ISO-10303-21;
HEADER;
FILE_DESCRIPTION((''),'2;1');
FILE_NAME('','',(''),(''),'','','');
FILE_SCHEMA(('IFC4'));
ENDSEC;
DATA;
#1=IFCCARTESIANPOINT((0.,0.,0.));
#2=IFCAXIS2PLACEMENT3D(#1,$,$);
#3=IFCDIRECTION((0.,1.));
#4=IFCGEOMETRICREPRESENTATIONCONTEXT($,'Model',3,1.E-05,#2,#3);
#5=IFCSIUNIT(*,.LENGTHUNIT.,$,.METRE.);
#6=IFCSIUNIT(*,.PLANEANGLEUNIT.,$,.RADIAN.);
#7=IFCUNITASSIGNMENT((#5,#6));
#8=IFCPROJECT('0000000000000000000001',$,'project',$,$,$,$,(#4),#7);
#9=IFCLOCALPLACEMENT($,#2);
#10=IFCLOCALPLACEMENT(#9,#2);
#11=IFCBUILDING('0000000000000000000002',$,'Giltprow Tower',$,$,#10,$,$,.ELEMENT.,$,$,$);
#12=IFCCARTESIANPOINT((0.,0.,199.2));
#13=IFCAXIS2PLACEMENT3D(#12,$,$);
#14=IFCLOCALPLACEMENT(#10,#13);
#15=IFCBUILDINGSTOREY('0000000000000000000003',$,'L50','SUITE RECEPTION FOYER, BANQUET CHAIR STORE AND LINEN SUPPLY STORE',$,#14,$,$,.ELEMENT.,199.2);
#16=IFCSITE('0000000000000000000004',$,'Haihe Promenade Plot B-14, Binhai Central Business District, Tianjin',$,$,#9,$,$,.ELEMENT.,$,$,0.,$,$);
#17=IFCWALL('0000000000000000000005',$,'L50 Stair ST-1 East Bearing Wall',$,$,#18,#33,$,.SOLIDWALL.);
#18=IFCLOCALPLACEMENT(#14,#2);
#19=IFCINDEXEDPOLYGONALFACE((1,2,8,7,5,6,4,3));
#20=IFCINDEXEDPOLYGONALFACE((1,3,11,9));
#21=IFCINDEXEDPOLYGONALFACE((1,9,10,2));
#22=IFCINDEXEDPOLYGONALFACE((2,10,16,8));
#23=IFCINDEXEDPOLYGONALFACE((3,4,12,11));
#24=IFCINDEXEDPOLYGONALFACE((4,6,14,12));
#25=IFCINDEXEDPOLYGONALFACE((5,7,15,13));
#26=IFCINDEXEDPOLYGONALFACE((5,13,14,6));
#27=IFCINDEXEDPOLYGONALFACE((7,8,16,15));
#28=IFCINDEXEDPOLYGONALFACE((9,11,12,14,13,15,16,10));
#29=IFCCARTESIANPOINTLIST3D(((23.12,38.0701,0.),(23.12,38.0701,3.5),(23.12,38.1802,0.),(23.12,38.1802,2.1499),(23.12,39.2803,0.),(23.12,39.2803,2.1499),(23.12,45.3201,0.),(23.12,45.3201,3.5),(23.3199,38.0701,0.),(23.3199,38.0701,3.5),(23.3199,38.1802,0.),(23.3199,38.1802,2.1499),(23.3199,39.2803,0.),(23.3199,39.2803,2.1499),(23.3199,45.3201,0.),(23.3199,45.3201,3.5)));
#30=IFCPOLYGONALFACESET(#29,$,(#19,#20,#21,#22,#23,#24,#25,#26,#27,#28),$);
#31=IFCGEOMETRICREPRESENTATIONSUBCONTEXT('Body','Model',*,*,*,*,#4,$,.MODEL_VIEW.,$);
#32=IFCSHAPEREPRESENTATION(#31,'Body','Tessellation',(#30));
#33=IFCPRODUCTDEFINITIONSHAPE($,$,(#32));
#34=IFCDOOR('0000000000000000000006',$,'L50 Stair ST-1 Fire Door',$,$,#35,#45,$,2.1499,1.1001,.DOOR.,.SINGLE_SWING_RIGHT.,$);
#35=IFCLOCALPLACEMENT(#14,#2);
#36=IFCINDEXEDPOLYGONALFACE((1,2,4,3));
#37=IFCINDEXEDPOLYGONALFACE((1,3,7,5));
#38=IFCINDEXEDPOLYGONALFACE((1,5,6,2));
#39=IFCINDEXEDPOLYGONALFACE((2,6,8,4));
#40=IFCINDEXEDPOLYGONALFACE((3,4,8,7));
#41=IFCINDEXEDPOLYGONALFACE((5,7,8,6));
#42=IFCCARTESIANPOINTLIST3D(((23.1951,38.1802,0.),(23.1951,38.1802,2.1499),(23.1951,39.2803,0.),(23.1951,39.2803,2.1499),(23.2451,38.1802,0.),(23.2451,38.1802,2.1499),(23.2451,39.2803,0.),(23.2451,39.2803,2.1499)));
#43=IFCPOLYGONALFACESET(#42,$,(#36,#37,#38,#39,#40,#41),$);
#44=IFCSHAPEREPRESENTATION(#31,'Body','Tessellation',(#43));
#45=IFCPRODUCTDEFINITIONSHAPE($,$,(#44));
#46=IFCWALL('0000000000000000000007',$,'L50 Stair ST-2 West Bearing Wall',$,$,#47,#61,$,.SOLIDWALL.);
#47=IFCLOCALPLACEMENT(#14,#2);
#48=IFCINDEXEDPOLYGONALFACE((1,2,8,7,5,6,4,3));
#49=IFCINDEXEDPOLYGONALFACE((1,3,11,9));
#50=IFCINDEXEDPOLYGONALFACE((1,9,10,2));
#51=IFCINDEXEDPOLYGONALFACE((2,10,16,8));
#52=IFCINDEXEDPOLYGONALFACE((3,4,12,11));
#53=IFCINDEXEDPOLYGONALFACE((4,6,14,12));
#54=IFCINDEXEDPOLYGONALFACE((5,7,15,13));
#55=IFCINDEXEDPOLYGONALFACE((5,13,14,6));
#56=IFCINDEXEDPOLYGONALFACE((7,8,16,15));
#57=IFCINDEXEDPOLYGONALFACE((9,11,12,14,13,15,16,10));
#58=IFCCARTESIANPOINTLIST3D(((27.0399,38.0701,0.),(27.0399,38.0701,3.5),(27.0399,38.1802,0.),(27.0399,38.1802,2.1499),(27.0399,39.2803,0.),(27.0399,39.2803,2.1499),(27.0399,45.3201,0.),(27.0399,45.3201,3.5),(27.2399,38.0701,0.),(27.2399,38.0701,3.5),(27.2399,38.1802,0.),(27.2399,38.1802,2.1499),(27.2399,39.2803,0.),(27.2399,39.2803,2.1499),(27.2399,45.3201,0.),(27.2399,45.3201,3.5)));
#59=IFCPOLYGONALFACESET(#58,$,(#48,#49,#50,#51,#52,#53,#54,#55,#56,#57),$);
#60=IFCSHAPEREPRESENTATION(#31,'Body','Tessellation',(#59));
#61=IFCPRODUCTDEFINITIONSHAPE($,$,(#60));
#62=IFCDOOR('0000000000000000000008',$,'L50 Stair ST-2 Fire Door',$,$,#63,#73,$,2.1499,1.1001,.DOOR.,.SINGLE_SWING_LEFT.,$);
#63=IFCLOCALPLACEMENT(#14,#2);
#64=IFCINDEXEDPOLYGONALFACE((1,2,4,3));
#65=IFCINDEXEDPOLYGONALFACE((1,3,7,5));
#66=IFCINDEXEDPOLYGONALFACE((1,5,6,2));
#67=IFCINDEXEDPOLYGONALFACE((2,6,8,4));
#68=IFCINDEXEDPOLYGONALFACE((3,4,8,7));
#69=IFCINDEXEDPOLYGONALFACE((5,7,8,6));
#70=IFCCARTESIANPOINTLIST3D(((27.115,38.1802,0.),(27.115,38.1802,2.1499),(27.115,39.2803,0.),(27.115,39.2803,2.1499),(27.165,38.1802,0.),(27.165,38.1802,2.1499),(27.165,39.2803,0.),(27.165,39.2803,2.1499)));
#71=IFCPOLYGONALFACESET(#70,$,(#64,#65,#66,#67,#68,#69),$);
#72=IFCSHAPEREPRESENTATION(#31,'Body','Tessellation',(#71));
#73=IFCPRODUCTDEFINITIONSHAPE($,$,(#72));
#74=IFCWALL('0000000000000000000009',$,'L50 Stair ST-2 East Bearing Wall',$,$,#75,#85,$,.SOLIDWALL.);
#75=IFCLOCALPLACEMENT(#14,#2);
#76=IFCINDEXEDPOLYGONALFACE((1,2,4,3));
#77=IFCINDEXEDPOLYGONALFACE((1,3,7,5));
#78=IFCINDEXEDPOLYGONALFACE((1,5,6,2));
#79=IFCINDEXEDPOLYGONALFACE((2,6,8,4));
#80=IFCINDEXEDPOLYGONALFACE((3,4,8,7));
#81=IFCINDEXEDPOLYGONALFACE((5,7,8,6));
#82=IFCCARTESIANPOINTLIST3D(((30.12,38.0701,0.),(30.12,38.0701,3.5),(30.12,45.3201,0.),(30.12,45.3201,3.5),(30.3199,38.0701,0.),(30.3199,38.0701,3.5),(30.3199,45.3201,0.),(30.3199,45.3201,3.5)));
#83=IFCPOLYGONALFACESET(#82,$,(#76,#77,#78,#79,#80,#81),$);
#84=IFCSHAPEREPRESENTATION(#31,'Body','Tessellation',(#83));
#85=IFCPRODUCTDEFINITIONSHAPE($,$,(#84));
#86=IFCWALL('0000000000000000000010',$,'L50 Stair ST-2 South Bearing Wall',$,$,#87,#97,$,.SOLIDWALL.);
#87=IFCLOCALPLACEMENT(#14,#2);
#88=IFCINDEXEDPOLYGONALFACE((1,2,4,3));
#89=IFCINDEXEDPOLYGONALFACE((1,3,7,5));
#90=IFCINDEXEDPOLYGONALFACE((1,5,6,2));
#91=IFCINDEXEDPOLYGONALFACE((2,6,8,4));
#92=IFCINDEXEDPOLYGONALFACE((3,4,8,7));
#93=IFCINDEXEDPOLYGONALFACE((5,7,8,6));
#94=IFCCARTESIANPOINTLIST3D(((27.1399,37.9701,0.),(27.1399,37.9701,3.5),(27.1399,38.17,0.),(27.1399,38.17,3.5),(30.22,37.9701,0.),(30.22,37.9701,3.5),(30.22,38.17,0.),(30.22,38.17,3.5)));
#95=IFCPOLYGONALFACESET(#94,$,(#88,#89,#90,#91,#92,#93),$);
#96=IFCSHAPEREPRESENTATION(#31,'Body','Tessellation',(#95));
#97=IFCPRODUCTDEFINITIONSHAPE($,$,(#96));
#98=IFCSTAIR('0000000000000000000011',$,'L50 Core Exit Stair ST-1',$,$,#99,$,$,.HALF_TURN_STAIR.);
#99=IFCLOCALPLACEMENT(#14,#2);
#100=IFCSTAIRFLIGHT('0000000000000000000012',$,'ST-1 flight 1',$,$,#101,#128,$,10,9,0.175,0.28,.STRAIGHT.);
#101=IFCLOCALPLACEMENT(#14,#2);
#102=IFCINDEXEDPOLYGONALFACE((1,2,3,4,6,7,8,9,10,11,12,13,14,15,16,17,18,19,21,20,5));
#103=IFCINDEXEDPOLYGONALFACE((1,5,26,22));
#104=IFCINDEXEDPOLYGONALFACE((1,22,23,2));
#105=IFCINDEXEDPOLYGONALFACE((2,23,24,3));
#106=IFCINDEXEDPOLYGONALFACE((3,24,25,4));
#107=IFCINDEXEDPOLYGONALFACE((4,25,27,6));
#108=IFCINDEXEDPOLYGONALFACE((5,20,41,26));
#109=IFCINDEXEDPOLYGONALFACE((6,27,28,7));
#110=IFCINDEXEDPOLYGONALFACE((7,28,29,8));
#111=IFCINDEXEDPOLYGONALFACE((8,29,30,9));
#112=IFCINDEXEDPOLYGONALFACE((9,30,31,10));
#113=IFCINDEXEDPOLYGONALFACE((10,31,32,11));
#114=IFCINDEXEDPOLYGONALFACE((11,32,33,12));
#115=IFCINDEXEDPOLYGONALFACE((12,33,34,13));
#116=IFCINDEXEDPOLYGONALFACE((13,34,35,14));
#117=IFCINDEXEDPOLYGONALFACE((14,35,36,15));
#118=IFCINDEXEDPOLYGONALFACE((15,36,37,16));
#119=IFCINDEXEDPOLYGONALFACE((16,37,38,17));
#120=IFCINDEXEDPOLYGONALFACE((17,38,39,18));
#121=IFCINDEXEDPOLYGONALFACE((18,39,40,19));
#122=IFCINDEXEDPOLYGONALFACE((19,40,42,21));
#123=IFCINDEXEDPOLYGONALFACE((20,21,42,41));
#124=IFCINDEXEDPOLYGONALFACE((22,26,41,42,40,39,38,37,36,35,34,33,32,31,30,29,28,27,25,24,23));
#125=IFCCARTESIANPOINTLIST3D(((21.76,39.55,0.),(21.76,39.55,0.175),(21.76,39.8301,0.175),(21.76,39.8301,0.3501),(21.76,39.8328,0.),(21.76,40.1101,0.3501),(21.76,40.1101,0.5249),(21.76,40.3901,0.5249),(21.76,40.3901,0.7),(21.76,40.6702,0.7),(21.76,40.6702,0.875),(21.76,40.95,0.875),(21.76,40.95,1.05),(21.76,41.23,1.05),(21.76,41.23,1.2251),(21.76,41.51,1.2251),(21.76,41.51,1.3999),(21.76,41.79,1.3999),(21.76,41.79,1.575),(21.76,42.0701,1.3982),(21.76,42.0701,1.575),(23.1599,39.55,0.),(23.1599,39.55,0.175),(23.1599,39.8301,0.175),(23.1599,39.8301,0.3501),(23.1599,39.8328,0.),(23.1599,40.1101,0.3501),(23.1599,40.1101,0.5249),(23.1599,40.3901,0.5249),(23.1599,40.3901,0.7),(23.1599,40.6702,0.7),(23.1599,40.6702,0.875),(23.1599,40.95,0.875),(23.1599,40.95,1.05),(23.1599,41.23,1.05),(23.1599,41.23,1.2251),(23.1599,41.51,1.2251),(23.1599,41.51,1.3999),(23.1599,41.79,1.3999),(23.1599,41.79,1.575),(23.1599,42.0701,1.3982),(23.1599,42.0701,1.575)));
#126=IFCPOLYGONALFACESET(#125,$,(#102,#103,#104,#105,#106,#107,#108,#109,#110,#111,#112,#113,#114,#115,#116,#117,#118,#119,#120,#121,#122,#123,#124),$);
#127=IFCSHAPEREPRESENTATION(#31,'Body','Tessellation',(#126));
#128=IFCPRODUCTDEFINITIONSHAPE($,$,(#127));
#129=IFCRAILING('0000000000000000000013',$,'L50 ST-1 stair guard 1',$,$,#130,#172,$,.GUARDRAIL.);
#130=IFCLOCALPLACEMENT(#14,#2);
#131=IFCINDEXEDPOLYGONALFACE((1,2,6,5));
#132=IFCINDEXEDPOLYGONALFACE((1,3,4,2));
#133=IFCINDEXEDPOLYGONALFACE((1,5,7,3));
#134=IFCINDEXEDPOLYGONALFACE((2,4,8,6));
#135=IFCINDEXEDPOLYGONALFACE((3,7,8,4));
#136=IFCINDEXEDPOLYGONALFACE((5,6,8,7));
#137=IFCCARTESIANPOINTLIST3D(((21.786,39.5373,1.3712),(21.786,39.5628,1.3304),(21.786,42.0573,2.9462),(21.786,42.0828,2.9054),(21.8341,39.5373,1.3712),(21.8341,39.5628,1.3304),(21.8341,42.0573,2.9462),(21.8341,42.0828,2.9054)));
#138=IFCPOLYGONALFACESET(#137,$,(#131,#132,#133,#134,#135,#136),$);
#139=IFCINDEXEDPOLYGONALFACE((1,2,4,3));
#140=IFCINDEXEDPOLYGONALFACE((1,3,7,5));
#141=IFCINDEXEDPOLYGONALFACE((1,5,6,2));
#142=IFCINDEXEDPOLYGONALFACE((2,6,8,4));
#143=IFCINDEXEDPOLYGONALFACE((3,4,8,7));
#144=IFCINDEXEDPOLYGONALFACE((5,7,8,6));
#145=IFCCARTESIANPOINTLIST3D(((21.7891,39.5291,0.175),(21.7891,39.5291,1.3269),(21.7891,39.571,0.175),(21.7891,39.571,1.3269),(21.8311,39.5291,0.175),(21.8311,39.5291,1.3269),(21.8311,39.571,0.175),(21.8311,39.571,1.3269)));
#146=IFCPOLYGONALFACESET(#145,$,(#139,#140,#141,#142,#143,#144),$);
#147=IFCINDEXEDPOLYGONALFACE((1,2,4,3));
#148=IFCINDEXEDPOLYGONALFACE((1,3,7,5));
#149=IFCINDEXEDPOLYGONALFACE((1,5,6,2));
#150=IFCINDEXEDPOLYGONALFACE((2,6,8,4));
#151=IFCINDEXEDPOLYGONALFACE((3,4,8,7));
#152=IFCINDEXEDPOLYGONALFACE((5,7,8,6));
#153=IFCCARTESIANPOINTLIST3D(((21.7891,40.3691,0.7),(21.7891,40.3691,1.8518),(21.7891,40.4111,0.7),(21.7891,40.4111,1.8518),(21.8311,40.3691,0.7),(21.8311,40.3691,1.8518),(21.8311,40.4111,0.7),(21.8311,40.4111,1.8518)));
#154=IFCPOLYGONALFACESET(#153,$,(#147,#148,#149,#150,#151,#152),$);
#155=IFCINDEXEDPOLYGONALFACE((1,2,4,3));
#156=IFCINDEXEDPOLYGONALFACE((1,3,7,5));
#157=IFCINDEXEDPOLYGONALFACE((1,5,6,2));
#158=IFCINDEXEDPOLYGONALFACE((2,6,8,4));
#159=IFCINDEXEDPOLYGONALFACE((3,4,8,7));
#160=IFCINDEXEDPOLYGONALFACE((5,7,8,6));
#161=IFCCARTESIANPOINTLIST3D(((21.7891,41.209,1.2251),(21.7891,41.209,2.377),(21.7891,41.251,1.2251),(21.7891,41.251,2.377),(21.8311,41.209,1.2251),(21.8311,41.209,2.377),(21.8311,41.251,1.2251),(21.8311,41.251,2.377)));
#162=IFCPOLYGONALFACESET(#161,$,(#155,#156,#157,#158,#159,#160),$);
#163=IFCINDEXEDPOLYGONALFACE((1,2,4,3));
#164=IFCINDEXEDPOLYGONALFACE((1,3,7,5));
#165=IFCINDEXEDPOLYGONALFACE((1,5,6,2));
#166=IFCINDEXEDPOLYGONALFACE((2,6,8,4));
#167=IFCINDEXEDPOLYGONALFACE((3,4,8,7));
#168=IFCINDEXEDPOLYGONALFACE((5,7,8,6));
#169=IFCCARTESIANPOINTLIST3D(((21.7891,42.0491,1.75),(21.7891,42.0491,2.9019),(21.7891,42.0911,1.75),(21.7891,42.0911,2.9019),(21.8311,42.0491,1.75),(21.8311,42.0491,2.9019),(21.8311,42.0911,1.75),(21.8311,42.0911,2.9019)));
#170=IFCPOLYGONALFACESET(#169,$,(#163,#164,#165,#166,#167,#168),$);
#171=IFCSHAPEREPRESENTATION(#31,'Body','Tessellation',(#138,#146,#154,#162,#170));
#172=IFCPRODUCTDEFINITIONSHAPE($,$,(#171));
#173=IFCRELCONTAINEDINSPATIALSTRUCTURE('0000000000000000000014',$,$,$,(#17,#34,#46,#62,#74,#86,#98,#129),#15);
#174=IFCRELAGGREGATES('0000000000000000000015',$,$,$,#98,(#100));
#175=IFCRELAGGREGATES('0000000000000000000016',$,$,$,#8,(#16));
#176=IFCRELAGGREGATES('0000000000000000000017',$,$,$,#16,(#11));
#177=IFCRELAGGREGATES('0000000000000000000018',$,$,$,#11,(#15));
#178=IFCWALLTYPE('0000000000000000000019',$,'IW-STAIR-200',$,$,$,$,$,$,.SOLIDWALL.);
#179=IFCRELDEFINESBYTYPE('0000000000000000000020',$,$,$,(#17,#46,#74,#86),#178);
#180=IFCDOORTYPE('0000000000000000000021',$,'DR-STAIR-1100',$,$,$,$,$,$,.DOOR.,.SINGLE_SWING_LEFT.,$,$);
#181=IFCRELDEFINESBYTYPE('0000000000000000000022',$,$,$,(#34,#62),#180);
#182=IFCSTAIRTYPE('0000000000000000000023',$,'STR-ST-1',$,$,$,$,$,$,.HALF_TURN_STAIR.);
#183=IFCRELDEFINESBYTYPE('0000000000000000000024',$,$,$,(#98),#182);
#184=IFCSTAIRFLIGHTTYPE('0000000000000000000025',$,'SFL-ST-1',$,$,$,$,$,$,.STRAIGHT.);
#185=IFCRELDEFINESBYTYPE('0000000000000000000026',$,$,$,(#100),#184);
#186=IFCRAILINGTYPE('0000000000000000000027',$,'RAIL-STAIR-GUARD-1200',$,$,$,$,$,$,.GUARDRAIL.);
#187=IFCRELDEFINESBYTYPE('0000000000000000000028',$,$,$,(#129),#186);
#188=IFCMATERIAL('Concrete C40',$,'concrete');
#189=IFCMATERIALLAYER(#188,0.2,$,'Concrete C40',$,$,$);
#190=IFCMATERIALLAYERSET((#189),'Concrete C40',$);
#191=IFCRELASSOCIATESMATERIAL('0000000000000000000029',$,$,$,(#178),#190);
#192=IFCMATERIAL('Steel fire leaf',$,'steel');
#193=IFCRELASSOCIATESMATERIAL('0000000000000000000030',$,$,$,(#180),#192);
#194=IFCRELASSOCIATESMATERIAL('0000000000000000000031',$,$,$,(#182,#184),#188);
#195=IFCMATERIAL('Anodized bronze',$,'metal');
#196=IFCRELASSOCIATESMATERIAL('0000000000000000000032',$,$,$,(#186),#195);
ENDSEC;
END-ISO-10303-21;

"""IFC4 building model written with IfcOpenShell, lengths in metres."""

from ifc_helpers import new_model, si_unit, direction, frame, frame_2d, origin, origin_2d, place, context, subcontext, project, spatial, polyline, rectangle, outline, extrude, source, transform, mapped, material, layer, layer_set, type_object, element, fill, aggregate, save


model = new_model("IFC4")

# Units and contexts
model_context = context("Model", 3, precision=1e-05, world=origin(), true_north=direction((0.0, 1.0)))
body_context = subcontext(model_context, "Body", "Model", "MODEL_VIEW")
ifc_project = project(units=[si_unit("LENGTHUNIT", "METRE"), si_unit("PLANEANGLEUNIT", "RADIAN")], contexts=[model_context])

# Site, building, storey
site_placement = place(None, origin())
site = spatial("IfcSite", under=ifc_project, at=site_placement, Name="Haihe Promenade Plot B-14, Binhai Central Business District, Tianjin", CompositionType="ELEMENT", RefElevation=0.0)
building_placement = place(site_placement, origin())
building = spatial("IfcBuilding", under=site, at=building_placement, Name="Giltprow Tower", CompositionType="ELEMENT")
storey_placement = place(building_placement, frame((0.0, 0.0, 199.2)))
storey = spatial("IfcBuildingStorey", under=building, at=storey_placement, Name="L50", Description="SUITE RECEPTION FOYER, BANQUET CHAIR STORE AND LINEN SUPPLY STORE", CompositionType="ELEMENT", Elevation=199.2)

# Walls, openings, doors
ifc_material_1 = material(Name="Concrete C40", Category="concrete")
ifc_layer_1 = layer(ifc_material_1, 0.2, Name="Concrete C40")
ifc_layer_set_1 = layer_set([ifc_layer_1], Name="Concrete C40")
wall_type_1 = type_object("IfcWallType", Name="IW-STAIR-200", PredefinedType="SOLIDWALL", material=ifc_layer_set_1)
wall_1_placement = place(storey_placement, frame((23.22, 38.0701, 0.0), z_axis=(0.0, 0.0, 1.0), x_axis=(0.0, 1.0, 0.0)))
wall_1 = element("IfcWall", 1, at=wall_1_placement, inside=storey, type_object=wall_type_1, Name="L50 Stair ST-1 East Bearing Wall", PredefinedType="SOLIDWALL", context=body_context, shape_type="SweptSolid", body=[
    extrude(rectangle(XDim=7.25, YDim=0.2, at=frame_2d((3.625, 0.0))), origin(), (0.0, 0.0, 1.0), 3.5),
])
opening_1_placement = place(wall_1_placement, frame((0.1101, 0.0, 0.0)))
opening_1 = element("IfcOpeningElement", 2, at=opening_1_placement, cuts=wall_1, PredefinedType="OPENING", context=body_context, shape_type="SweptSolid", body=[
    extrude(rectangle(XDim=1.1001, YDim=2.1499, at=frame_2d((0.55, 1.075))), frame((0.0, 0.1099, 0.0), z_axis=(0.0, -1.0, 0.0), x_axis=(1.0, 0.0, 0.0)), (0.0, 0.0, 1.0), 0.22),
])
ifc_material_2 = material(Name="Steel fire leaf", Category="steel")
door_type_1 = type_object("IfcDoorType", Name="DR-STAIR-1100", OperationType="SINGLE_SWING_LEFT", PredefinedType="DOOR", material=ifc_material_2)
shared_shape_1 = source(origin(), body_context, "Body", "SweptSolid", [
    extrude(rectangle(XDim=1.1001, YDim=2.1499, at=frame_2d((0.55, 1.075))), frame((0.0, 0.0249, 0.0), z_axis=(0.0, -1.0, 0.0), x_axis=(1.0, 0.0, 0.0)), (0.0, 0.0, 1.0), 0.05),
])
door_1_placement = place(opening_1_placement, origin())
door_1 = element("IfcDoor", 3, at=door_1_placement, inside=storey, type_object=door_type_1, Name="L50 Stair ST-1 Fire Door", OperationType="SINGLE_SWING_RIGHT", OverallHeight=2.1499, OverallWidth=1.1001, PredefinedType="DOOR", context=body_context, shape_type="MappedRepresentation", body=[
    mapped(shared_shape_1, transform((0.0, 0.0, 0.0), x_axis=(1.0, 0.0, 0.0), y_axis=(0.0, 1.0, 0.0), z_axis=(0.0, 0.0, 1.0), scale=1.0)),
])
fill(opening_1, door_1)
wall_2_placement = place(storey_placement, frame((27.1399, 38.0701, 0.0), z_axis=(0.0, 0.0, 1.0), x_axis=(0.0, 1.0, 0.0)))
wall_2 = element("IfcWall", 4, at=wall_2_placement, inside=storey, type_object=wall_type_1, Name="L50 Stair ST-2 West Bearing Wall", PredefinedType="SOLIDWALL", context=body_context, shape_type="SweptSolid", body=[
    extrude(rectangle(XDim=7.25, YDim=0.2, at=frame_2d((3.625, 0.0))), origin(), (0.0, 0.0, 1.0), 3.5),
])
opening_2_placement = place(wall_2_placement, frame((0.1101, 0.0, 0.0)))
opening_2 = element("IfcOpeningElement", 5, at=opening_2_placement, cuts=wall_2, PredefinedType="OPENING", context=body_context, shape_type="SweptSolid", body=[
    extrude(rectangle(XDim=1.1001, YDim=2.1499, at=frame_2d((0.55, 1.075))), frame((0.0, 0.1099, 0.0), z_axis=(0.0, -1.0, 0.0), x_axis=(1.0, 0.0, 0.0)), (0.0, 0.0, 1.0), 0.22),
])
door_2_placement = place(opening_2_placement, origin())
door_2 = element("IfcDoor", 6, at=door_2_placement, inside=storey, type_object=door_type_1, Name="L50 Stair ST-2 Fire Door", OperationType="SINGLE_SWING_LEFT", OverallHeight=2.1499, OverallWidth=1.1001, PredefinedType="DOOR", context=body_context, shape_type="MappedRepresentation", body=[
    mapped(shared_shape_1, transform((0.0, 0.0, 0.0), x_axis=(1.0, 0.0, 0.0), y_axis=(0.0, 1.0, 0.0), z_axis=(0.0, 0.0, 1.0), scale=1.0)),
])
fill(opening_2, door_2)

# Walls
wall_3_placement = place(storey_placement, frame((30.22, 38.0701, 0.0), z_axis=(0.0, 0.0, 1.0), x_axis=(0.0, 1.0, 0.0)))
element("IfcWall", 7, at=wall_3_placement, inside=storey, type_object=wall_type_1, Name="L50 Stair ST-2 East Bearing Wall", PredefinedType="SOLIDWALL", context=body_context, shape_type="SweptSolid", body=[
    extrude(rectangle(XDim=7.25, YDim=0.2, at=frame_2d((3.625, 0.0))), origin(), (0.0, 0.0, 1.0), 3.5),
])
wall_4_placement = place(storey_placement, frame((27.1399, 38.0701, 0.0), z_axis=(0.0, 0.0, 1.0), x_axis=(1.0, 0.0, 0.0)))
element("IfcWall", 8, at=wall_4_placement, inside=storey, type_object=wall_type_1, Name="L50 Stair ST-2 South Bearing Wall", PredefinedType="SOLIDWALL", context=body_context, shape_type="SweptSolid", body=[
    extrude(rectangle(XDim=3.0801, YDim=0.2, at=frame_2d((1.54, 0.0))), origin(), (0.0, 0.0, 1.0), 3.5),
])

# Stair, stair flight
stair_type = type_object("IfcStairType", Name="STR-ST-1", PredefinedType="HALF_TURN_STAIR", material=ifc_material_1)
stair_placement = place(storey_placement, origin())
stair = element("IfcStair", 9, at=stair_placement, inside=storey, type_object=stair_type, Name="L50 Core Exit Stair ST-1", PredefinedType="HALF_TURN_STAIR")
stair_flight_type = type_object("IfcStairFlightType", Name="SFL-ST-1", PredefinedType="STRAIGHT", material=ifc_material_1)
stair_flight_placement = place(storey_placement, frame((22.46, 39.55, 0.0), z_axis=(0.0, 0.0, 1.0), x_axis=(0.0, 1.0, 0.0)))
stair_flight = element("IfcStairFlight", 10, at=stair_flight_placement, type_object=stair_flight_type, Name="ST-1 flight 1", NumberOfRisers=10, NumberOfTreads=9, PredefinedType="STRAIGHT", RiserHeight=0.175, TreadLength=0.28, context=body_context, shape_type="SweptSolid", body=[
    extrude(outline(polyline([(0.0, 0.0), (0.0, 0.175), (0.28, 0.175), (0.28, 0.3501), (0.5601, 0.3501), (0.5601, 0.5249), (0.8401, 0.5249), (0.8401, 0.7), (1.1201, 0.7), (1.1201, 0.875), (1.3999, 0.875), (1.3999, 1.05), (1.6799, 1.05), (1.6799, 1.2251), (1.96, 1.2251), (1.96, 1.3999), (2.24, 1.3999), (2.24, 1.575), (2.52, 1.575), (2.52, 1.75), (2.52, 1.3982), (0.2827, 0.0), (0.0, 0.0)])), frame((0.0, 0.7, 0.0), z_axis=(0.0, -1.0, 0.0), x_axis=(1.0, 0.0, 0.0)), (0.0, 0.0, 1.0), 1.3999),
])
aggregate(stair, [stair_flight])

# Railing
ifc_material_3 = material(Name="Anodized bronze", Category="metal")
railing_type_1 = type_object("IfcRailingType", Name="RAIL-STAIR-GUARD-1200", PredefinedType="GUARDRAIL", material=ifc_material_3)
railing_1_placement = place(storey_placement, frame((21.8101, 39.55, 0.175)))
element("IfcRailing", 11, at=railing_1_placement, inside=storey, type_object=railing_type_1, Name="L50 ST-1 stair guard 1", PredefinedType="GUARDRAIL", context=body_context, shape_type="SweptSolid", body=[
    extrude(rectangle(XDim=0.0481, YDim=0.0481, at=origin_2d()), frame((0.0, 0.0, 1.1758), z_axis=(0.0, 0.848008, 0.529984), x_axis=(-1.0, 0.0, 0.0)), (0.0, 0.0, 1.0), 2.9717),
    extrude(rectangle(XDim=0.042, YDim=0.042, at=origin_2d()), origin(), (0.0, 0.0, 1.0), 1.1519),
    extrude(rectangle(XDim=0.042, YDim=0.042, at=origin_2d()), frame((0.0, 0.8401, 0.5249)), (0.0, 0.0, 1.0), 1.1519),
    extrude(rectangle(XDim=0.042, YDim=0.042, at=origin_2d()), frame((0.0, 1.6799, 1.05)), (0.0, 0.0, 1.0), 1.1519),
    extrude(rectangle(XDim=0.042, YDim=0.042, at=origin_2d()), frame((0.0, 2.52, 1.575)), (0.0, 0.0, 1.0), 1.1519),
])

save(model, "model.ifc")
